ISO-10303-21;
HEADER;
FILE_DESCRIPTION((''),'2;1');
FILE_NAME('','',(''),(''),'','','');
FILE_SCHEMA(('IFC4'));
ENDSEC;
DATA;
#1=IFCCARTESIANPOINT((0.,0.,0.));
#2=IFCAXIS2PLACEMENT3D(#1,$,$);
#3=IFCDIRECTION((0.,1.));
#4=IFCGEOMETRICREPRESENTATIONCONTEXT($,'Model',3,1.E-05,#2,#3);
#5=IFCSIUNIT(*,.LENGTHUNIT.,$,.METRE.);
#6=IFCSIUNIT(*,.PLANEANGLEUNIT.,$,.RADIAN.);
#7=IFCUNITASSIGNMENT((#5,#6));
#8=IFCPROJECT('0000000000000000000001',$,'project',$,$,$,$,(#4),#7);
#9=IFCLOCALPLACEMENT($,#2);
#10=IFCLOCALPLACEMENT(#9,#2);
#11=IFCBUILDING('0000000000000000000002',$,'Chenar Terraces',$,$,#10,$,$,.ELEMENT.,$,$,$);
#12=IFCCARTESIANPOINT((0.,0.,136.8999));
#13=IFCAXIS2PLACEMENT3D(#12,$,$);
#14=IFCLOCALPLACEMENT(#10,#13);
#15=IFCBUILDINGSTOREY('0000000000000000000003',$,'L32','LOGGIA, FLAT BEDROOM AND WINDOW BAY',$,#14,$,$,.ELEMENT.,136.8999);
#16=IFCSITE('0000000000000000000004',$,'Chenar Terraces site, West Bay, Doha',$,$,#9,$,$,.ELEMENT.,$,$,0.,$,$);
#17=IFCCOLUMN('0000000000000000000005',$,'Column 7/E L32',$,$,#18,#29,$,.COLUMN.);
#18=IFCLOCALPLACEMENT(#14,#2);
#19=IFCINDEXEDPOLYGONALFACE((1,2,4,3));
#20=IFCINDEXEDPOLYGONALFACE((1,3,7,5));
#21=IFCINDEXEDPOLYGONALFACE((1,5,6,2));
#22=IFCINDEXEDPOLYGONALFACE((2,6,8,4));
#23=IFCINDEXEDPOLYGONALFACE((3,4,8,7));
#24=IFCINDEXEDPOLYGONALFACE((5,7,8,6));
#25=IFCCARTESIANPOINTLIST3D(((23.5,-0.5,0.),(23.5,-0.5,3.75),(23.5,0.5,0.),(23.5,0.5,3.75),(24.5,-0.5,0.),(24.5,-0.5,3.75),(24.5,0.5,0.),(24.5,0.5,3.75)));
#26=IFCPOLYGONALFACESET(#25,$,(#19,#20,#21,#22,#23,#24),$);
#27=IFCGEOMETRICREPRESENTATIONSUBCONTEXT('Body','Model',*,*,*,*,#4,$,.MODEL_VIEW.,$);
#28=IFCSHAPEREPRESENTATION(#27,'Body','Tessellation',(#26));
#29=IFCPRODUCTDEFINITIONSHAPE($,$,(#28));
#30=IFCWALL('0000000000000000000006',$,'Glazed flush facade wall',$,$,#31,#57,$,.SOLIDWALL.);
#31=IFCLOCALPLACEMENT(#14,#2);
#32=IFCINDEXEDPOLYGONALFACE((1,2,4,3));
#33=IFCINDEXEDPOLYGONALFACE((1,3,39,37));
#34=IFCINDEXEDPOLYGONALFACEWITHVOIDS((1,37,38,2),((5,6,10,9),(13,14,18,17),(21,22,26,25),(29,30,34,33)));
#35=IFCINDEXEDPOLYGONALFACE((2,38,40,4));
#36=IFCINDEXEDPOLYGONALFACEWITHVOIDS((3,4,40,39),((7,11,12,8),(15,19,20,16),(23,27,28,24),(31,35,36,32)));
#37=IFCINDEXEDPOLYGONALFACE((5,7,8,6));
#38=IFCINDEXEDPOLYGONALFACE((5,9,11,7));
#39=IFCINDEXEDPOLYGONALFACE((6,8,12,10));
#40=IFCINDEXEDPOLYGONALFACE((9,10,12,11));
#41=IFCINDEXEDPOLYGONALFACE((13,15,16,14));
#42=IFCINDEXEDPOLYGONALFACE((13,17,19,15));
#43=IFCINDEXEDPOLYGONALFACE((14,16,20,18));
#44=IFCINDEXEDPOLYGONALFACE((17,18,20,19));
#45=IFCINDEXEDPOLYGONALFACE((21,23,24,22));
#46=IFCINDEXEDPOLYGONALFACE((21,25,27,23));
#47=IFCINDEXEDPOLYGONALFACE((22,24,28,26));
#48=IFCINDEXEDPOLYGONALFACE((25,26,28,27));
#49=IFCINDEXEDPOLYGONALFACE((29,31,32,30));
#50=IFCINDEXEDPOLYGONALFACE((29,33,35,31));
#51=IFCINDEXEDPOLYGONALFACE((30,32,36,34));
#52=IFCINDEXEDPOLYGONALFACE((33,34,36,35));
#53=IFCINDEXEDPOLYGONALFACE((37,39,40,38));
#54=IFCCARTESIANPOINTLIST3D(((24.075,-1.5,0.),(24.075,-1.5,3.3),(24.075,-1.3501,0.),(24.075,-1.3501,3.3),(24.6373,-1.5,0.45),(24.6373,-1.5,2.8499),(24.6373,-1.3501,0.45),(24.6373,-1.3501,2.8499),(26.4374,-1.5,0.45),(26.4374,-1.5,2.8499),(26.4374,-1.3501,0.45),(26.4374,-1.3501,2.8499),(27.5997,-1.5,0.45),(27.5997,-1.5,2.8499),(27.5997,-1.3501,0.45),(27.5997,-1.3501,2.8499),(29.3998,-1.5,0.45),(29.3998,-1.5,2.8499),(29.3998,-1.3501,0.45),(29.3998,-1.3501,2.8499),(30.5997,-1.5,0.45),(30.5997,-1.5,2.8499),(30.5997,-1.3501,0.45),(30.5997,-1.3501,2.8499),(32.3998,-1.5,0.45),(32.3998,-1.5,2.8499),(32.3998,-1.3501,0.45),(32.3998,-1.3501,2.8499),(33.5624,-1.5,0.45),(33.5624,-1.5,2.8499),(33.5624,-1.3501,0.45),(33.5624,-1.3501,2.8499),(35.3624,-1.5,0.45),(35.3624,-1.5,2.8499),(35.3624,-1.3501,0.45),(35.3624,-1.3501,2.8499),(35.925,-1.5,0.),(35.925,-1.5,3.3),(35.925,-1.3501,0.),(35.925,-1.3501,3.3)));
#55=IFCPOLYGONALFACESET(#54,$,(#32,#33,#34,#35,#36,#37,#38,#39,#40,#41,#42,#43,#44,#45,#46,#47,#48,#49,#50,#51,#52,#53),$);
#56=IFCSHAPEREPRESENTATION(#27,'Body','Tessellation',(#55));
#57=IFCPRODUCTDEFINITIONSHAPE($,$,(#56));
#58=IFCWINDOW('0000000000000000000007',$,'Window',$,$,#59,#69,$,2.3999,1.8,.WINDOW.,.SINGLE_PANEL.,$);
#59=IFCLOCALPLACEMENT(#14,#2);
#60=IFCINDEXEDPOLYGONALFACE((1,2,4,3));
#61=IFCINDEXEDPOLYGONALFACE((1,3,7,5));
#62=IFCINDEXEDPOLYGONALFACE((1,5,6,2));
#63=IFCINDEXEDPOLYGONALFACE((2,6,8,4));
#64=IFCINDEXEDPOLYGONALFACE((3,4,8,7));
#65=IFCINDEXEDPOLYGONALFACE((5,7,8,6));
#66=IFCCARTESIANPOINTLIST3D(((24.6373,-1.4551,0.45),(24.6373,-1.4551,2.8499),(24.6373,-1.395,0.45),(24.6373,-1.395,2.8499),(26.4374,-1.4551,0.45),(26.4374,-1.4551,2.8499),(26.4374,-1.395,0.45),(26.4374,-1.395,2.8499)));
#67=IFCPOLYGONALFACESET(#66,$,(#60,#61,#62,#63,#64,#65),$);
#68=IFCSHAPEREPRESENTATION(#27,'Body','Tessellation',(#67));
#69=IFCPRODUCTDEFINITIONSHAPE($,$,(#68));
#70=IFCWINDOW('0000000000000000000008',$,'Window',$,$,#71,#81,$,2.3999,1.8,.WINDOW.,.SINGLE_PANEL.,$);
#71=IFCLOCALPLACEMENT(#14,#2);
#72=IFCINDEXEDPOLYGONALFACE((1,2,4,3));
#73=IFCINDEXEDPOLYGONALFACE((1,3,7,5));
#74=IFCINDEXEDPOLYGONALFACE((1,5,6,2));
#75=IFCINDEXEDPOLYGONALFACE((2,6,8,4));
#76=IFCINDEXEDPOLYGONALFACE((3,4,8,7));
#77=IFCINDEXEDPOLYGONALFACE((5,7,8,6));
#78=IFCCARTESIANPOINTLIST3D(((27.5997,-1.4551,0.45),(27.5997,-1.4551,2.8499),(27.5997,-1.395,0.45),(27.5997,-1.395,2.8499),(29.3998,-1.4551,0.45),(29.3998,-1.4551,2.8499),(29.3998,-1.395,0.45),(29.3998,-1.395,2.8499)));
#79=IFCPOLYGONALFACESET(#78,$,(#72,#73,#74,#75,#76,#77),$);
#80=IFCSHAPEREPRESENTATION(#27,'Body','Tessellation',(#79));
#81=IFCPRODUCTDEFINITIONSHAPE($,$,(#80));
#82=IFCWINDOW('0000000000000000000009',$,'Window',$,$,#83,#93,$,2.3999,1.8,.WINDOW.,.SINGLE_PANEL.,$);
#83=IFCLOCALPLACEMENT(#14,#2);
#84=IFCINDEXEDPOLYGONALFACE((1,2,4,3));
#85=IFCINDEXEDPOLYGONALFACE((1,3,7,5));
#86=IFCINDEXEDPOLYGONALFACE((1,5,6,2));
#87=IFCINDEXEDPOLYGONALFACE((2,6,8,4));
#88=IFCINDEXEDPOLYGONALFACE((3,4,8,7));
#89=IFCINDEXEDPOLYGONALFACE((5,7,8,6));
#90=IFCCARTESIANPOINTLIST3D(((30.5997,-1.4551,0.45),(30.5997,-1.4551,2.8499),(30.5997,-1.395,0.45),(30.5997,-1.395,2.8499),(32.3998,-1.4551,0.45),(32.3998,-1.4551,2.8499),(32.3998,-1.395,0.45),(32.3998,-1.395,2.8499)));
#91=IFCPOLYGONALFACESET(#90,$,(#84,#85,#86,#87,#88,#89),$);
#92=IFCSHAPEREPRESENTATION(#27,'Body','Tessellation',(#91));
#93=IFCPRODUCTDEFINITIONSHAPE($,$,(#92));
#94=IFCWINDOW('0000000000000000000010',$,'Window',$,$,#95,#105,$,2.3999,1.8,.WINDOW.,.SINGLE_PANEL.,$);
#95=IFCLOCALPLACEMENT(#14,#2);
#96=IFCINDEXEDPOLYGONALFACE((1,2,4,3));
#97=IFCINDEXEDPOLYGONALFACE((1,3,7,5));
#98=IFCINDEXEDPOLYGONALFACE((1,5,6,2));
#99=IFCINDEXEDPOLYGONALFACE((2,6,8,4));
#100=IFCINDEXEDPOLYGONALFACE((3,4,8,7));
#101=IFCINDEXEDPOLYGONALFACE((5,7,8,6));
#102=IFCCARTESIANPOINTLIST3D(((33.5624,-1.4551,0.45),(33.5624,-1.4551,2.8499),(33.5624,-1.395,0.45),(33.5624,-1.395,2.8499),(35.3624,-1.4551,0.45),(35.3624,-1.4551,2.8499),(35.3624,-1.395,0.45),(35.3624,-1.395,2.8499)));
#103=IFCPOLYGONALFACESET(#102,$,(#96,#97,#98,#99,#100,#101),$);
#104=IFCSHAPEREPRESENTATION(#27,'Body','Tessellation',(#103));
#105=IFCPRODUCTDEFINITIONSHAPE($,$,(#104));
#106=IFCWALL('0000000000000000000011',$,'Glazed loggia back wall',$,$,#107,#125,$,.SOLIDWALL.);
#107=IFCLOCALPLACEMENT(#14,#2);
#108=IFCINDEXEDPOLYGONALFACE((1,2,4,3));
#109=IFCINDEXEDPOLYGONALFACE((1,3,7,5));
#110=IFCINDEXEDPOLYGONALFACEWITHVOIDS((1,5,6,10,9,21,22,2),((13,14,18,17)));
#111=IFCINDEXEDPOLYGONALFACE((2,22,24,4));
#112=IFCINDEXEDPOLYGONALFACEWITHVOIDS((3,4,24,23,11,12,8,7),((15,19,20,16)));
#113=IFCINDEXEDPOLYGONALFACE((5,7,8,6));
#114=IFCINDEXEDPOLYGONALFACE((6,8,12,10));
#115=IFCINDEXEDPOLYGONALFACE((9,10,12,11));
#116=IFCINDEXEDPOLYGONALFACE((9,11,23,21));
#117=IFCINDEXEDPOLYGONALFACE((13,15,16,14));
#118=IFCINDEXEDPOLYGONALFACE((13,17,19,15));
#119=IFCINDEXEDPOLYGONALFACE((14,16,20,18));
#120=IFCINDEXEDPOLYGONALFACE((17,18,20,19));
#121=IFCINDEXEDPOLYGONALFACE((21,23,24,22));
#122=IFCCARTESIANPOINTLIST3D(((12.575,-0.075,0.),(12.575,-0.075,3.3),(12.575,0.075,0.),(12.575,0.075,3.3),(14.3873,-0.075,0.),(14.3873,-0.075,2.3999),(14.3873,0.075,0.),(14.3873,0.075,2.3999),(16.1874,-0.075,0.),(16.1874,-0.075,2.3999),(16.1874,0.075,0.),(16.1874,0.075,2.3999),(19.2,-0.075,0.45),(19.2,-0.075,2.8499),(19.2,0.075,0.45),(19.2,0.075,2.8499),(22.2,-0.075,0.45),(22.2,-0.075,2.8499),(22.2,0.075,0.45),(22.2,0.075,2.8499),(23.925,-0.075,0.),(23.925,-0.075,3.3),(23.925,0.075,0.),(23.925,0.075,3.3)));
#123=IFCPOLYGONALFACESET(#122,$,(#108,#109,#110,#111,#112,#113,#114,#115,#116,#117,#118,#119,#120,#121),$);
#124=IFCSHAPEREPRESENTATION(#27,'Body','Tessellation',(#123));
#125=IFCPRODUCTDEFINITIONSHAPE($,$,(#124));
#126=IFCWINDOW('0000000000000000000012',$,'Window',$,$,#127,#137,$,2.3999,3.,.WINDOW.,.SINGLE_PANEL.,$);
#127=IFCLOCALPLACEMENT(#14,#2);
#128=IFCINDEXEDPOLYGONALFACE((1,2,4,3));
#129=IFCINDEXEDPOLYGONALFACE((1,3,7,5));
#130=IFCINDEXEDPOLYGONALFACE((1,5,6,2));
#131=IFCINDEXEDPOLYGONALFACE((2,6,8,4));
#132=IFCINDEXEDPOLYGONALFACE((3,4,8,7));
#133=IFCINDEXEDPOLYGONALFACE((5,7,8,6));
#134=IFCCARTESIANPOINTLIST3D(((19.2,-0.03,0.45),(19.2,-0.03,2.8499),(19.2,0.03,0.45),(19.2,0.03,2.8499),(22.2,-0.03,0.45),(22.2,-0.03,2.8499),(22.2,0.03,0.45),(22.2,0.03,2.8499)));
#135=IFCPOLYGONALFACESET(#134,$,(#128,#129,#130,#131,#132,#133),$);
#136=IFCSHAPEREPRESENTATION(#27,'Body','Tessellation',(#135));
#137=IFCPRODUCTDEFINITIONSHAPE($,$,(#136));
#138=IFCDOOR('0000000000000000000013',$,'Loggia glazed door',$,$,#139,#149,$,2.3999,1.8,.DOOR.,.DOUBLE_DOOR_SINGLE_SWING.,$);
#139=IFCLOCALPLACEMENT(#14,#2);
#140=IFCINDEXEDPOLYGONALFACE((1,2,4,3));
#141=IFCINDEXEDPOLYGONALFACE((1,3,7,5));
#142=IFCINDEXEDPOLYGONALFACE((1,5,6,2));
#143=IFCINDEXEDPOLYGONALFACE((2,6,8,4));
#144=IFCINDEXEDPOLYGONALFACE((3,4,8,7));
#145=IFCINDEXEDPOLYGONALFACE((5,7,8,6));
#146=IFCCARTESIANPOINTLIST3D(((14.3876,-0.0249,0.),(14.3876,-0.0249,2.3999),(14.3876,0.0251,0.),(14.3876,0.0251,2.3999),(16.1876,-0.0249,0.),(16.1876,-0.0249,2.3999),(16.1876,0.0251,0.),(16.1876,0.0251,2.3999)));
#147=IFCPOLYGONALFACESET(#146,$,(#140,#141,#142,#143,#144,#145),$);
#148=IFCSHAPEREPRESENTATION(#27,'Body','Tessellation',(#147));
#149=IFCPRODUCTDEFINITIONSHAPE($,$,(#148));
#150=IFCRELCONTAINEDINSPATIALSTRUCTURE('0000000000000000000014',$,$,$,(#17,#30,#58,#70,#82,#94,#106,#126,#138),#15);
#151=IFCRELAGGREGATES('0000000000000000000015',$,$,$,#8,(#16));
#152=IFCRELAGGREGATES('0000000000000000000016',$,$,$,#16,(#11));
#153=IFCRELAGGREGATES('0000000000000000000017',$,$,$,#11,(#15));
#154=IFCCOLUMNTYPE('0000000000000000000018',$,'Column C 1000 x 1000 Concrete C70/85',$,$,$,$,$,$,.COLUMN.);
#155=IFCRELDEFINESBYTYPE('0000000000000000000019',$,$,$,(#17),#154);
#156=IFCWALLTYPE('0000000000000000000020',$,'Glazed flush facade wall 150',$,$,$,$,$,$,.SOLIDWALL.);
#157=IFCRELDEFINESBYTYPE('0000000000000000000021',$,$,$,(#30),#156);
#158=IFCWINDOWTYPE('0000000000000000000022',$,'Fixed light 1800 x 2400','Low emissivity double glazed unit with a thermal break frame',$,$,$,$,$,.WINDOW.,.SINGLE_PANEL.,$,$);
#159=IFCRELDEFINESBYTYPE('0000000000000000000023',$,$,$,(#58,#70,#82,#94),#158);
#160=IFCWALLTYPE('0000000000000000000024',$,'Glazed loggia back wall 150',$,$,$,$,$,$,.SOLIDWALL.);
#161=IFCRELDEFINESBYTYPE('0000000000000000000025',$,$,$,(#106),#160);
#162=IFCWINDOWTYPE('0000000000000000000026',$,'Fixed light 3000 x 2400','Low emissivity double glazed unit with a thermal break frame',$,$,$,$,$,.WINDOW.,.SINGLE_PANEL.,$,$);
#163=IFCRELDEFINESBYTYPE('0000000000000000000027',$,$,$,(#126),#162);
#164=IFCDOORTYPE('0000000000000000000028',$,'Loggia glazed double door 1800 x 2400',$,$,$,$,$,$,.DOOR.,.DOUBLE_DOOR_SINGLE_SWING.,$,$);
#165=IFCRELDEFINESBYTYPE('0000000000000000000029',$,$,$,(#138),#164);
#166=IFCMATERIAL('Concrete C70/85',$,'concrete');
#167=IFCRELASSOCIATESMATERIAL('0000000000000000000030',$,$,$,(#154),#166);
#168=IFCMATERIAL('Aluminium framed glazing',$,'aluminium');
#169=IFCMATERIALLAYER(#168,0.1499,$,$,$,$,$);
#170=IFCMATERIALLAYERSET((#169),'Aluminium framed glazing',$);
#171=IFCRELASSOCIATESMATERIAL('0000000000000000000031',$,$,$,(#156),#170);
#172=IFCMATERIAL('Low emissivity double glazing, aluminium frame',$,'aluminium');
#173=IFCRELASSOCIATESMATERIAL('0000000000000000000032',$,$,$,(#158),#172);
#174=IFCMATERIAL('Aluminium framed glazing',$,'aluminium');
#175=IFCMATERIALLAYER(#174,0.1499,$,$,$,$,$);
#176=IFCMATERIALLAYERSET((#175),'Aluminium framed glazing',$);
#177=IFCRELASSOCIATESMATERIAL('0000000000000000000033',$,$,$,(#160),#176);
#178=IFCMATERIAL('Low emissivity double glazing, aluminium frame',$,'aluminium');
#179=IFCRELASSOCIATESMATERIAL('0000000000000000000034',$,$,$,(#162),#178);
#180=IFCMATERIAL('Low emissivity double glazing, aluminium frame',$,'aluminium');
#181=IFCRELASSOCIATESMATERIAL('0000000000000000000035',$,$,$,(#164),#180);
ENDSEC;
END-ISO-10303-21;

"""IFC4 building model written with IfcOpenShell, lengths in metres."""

from ifc_helpers import new_model, si_unit, direction, frame, frame_2d, origin, origin_2d, place, context, subcontext, project, spatial, rectangle, extrude, material, layer, layer_set, material_profile, profile_set, type_object, element, fill, save


model = new_model("IFC4")

# Units and contexts
model_context = context("Model", 3, precision=1e-05, world=origin(), true_north=direction((0.0, 1.0)))
body_context = subcontext(model_context, "Body", "Model", "MODEL_VIEW")
ifc_project = project(units=[si_unit("LENGTHUNIT", "METRE"), si_unit("PLANEANGLEUNIT", "RADIAN")], contexts=[model_context])

# Site, building, storey
site_placement = place(None, origin())
site = spatial("IfcSite", under=ifc_project, at=site_placement, Name="Chenar Terraces site, West Bay, Doha", CompositionType="ELEMENT", RefElevation=0.0)
building_placement = place(site_placement, origin())
building = spatial("IfcBuilding", under=site, at=building_placement, Name="Chenar Terraces", CompositionType="ELEMENT")
storey_placement = place(building_placement, frame((0.0, 0.0, 136.8999)))
storey = spatial("IfcBuildingStorey", under=building, at=storey_placement, Name="L32", Description="LOGGIA, FLAT BEDROOM AND WINDOW BAY", CompositionType="ELEMENT", Elevation=136.8999)

# Column
ifc_material_1 = material(Name="Concrete C70/85", Category="concrete")
ifc_material_profile = material_profile(ifc_material_1, rectangle(XDim=1.0, YDim=1.0, at=origin_2d()), Name="C 1000 x 1000")
ifc_profile_set = profile_set([ifc_material_profile], Name="Concrete C70/85")
column_type = type_object("IfcColumnType", Name="Column C 1000 x 1000 Concrete C70/85", PredefinedType="COLUMN", material=ifc_profile_set)
column_placement = place(storey_placement, frame((24.0, 0.0, 0.0), z_axis=(0.0, 0.0, 1.0), x_axis=(1.0, 0.0, 0.0)))
element("IfcColumn", 1, at=column_placement, inside=storey, type_object=column_type, Name="Column 7/E L32", PredefinedType="COLUMN", context=body_context, shape_type="SweptSolid", body=[
    extrude(rectangle(XDim=1.0, YDim=1.0, at=origin_2d()), origin(), (0.0, 0.0, 1.0), 3.75),
])

# Wall, openings, windows
ifc_material_2 = material(Name="Aluminium framed glazing", Category="aluminium")
ifc_layer_1 = layer(ifc_material_2, 0.1499)
ifc_layer_set_1 = layer_set([ifc_layer_1], Name="Aluminium framed glazing")
wall_type_1 = type_object("IfcWallType", Name="Glazed flush facade wall 150", PredefinedType="SOLIDWALL", material=ifc_layer_set_1)
wall_1_placement = place(storey_placement, frame((24.075, -1.425, 0.0), z_axis=(0.0, 0.0, 1.0), x_axis=(1.0, 0.0, 0.0)))
wall_1 = element("IfcWall", 2, at=wall_1_placement, inside=storey, type_object=wall_type_1, Name="Glazed flush facade wall", PredefinedType="SOLIDWALL", context=body_context, shape_type="SweptSolid", body=[
    extrude(rectangle(XDim=11.8501, YDim=0.1499, at=frame_2d((5.925, 0.0))), origin(), (0.0, 0.0, 1.0), 3.3),
])
opening_1_placement = place(wall_1_placement, frame((0.5625, 0.0, 0.45)))
opening_1 = element("IfcOpeningElement", 3, at=opening_1_placement, cuts=wall_1, PredefinedType="OPENING", context=body_context, shape_type="SweptSolid", body=[
    extrude(rectangle(XDim=1.8, YDim=2.3999, at=frame_2d((0.8999, 1.2))), frame((0.0, 0.085, 0.0), z_axis=(0.0, -1.0, 0.0), x_axis=(1.0, 0.0, 0.0)), (0.0, 0.0, 1.0), 0.1699),
])
opening_2_placement = place(wall_1_placement, frame((3.5249, 0.0, 0.45)))
opening_2 = element("IfcOpeningElement", 4, at=opening_2_placement, cuts=wall_1, PredefinedType="OPENING", context=body_context, shape_type="SweptSolid", body=[
    extrude(rectangle(XDim=1.8, YDim=2.3999, at=frame_2d((0.8999, 1.2))), frame((0.0, 0.085, 0.0), z_axis=(0.0, -1.0, 0.0), x_axis=(1.0, 0.0, 0.0)), (0.0, 0.0, 1.0), 0.1699),
])
opening_3_placement = place(wall_1_placement, frame((6.5249, 0.0, 0.45)))
opening_3 = element("IfcOpeningElement", 5, at=opening_3_placement, cuts=wall_1, PredefinedType="OPENING", context=body_context, shape_type="SweptSolid", body=[
    extrude(rectangle(XDim=1.8, YDim=2.3999, at=frame_2d((0.8999, 1.2))), frame((0.0, 0.085, 0.0), z_axis=(0.0, -1.0, 0.0), x_axis=(1.0, 0.0, 0.0)), (0.0, 0.0, 1.0), 0.1699),
])
opening_4_placement = place(wall_1_placement, frame((9.4875, 0.0, 0.45)))
opening_4 = element("IfcOpeningElement", 6, at=opening_4_placement, cuts=wall_1, PredefinedType="OPENING", context=body_context, shape_type="SweptSolid", body=[
    extrude(rectangle(XDim=1.8, YDim=2.3999, at=frame_2d((0.8999, 1.2))), frame((0.0, 0.085, 0.0), z_axis=(0.0, -1.0, 0.0), x_axis=(1.0, 0.0, 0.0)), (0.0, 0.0, 1.0), 0.1699),
])
ifc_material_3 = material(Name="Low emissivity double glazing, aluminium frame", Category="aluminium")
window_type_1 = type_object("IfcWindowType", Name="Fixed light 1800 x 2400", Description="Low emissivity double glazed unit with a thermal break frame", PartitioningType="SINGLE_PANEL", PredefinedType="WINDOW", material=ifc_material_3)
window_1_placement = place(opening_1_placement, origin())
window_1 = element("IfcWindow", 7, at=window_1_placement, inside=storey, type_object=window_type_1, Name="Window", OverallHeight=2.3999, OverallWidth=1.8, PartitioningType="SINGLE_PANEL", PredefinedType="WINDOW", context=body_context, shape_type="SweptSolid", body=[
    extrude(rectangle(XDim=1.8, YDim=2.3999, at=frame_2d((0.8999, 1.2))), frame((0.0, 0.03, 0.0), z_axis=(0.0, -1.0, 0.0), x_axis=(1.0, 0.0, 0.0)), (0.0, 0.0, 1.0), 0.0601),
])
fill(opening_1, window_1)
window_2_placement = place(opening_2_placement, origin())
window_2 = element("IfcWindow", 8, at=window_2_placement, inside=storey, type_object=window_type_1, Name="Window", OverallHeight=2.3999, OverallWidth=1.8, PartitioningType="SINGLE_PANEL", PredefinedType="WINDOW", context=body_context, shape_type="SweptSolid", body=[
    extrude(rectangle(XDim=1.8, YDim=2.3999, at=frame_2d((0.8999, 1.2))), frame((0.0, 0.03, 0.0), z_axis=(0.0, -1.0, 0.0), x_axis=(1.0, 0.0, 0.0)), (0.0, 0.0, 1.0), 0.0601),
])
fill(opening_2, window_2)
window_3_placement = place(opening_3_placement, origin())
window_3 = element("IfcWindow", 9, at=window_3_placement, inside=storey, type_object=window_type_1, Name="Window", OverallHeight=2.3999, OverallWidth=1.8, PartitioningType="SINGLE_PANEL", PredefinedType="WINDOW", context=body_context, shape_type="SweptSolid", body=[
    extrude(rectangle(XDim=1.8, YDim=2.3999, at=frame_2d((0.8999, 1.2))), frame((0.0, 0.03, 0.0), z_axis=(0.0, -1.0, 0.0), x_axis=(1.0, 0.0, 0.0)), (0.0, 0.0, 1.0), 0.0601),
])
fill(opening_3, window_3)
window_4_placement = place(opening_4_placement, origin())
window_4 = element("IfcWindow", 10, at=window_4_placement, inside=storey, type_object=window_type_1, Name="Window", OverallHeight=2.3999, OverallWidth=1.8, PartitioningType="SINGLE_PANEL", PredefinedType="WINDOW", context=body_context, shape_type="SweptSolid", body=[
    extrude(rectangle(XDim=1.8, YDim=2.3999, at=frame_2d((0.8999, 1.2))), frame((0.0, 0.03, 0.0), z_axis=(0.0, -1.0, 0.0), x_axis=(1.0, 0.0, 0.0)), (0.0, 0.0, 1.0), 0.0601),
])
fill(opening_4, window_4)

# Wall, openings, window, door
ifc_material_4 = material(Name="Aluminium framed glazing", Category="aluminium")
ifc_layer_2 = layer(ifc_material_4, 0.1499)
ifc_layer_set_2 = layer_set([ifc_layer_2], Name="Aluminium framed glazing")
wall_type_2 = type_object("IfcWallType", Name="Glazed loggia back wall 150", PredefinedType="SOLIDWALL", material=ifc_layer_set_2)
wall_2_placement = place(storey_placement, frame((12.575, 0.0, 0.0), z_axis=(0.0, 0.0, 1.0), x_axis=(1.0, 0.0, 0.0)))
wall_2 = element("IfcWall", 11, at=wall_2_placement, inside=storey, type_object=wall_type_2, Name="Glazed loggia back wall", PredefinedType="SOLIDWALL", context=body_context, shape_type="SweptSolid", body=[
    extrude(rectangle(XDim=11.3501, YDim=0.1499, at=frame_2d((5.675, 0.0))), origin(), (0.0, 0.0, 1.0), 3.3),
])
opening_5_placement = place(wall_2_placement, frame((1.8125, 0.0, 0.0)))
opening_5 = element("IfcOpeningElement", 12, at=opening_5_placement, cuts=wall_2, PredefinedType="OPENING", context=body_context, shape_type="SweptSolid", body=[
    extrude(rectangle(XDim=1.8, YDim=2.3999, at=frame_2d((0.8999, 1.2))), frame((0.0, 0.085, 0.0), z_axis=(0.0, -1.0, 0.0), x_axis=(1.0, 0.0, 0.0)), (0.0, 0.0, 1.0), 0.1699),
])
opening_6_placement = place(wall_2_placement, frame((6.625, 0.0, 0.45)))
opening_6 = element("IfcOpeningElement", 13, at=opening_6_placement, cuts=wall_2, PredefinedType="OPENING", context=body_context, shape_type="SweptSolid", body=[
    extrude(rectangle(XDim=3.0, YDim=2.3999, at=frame_2d((1.5, 1.2))), frame((0.0, 0.085, 0.0), z_axis=(0.0, -1.0, 0.0), x_axis=(1.0, 0.0, 0.0)), (0.0, 0.0, 1.0), 0.1699),
])
ifc_material_5 = material(Name="Low emissivity double glazing, aluminium frame", Category="aluminium")
window_type_2 = type_object("IfcWindowType", Name="Fixed light 3000 x 2400", Description="Low emissivity double glazed unit with a thermal break frame", PartitioningType="SINGLE_PANEL", PredefinedType="WINDOW", material=ifc_material_5)
window_5_placement = place(opening_6_placement, origin())
window_5 = element("IfcWindow", 14, at=window_5_placement, inside=storey, type_object=window_type_2, Name="Window", OverallHeight=2.3999, OverallWidth=3.0, PartitioningType="SINGLE_PANEL", PredefinedType="WINDOW", context=body_context, shape_type="SweptSolid", body=[
    extrude(rectangle(XDim=3.0, YDim=2.3999, at=frame_2d((1.5, 1.2))), frame((0.0, 0.03, 0.0), z_axis=(0.0, -1.0, 0.0), x_axis=(1.0, 0.0, 0.0)), (0.0, 0.0, 1.0), 0.0601),
])
fill(opening_6, window_5)
ifc_material_6 = material(Name="Low emissivity double glazing, aluminium frame", Category="aluminium")
door_type = type_object("IfcDoorType", Name="Loggia glazed double door 1800 x 2400", OperationType="DOUBLE_DOOR_SINGLE_SWING", PredefinedType="DOOR", material=ifc_material_6)
door_placement = place(opening_5_placement, frame((1.8, 0.0, 0.0), z_axis=(0.0, 0.0, 1.0), x_axis=(-1.0, 0.0, 0.0)))
door = element("IfcDoor", 15, at=door_placement, inside=storey, type_object=door_type, Name="Loggia glazed door", OperationType="DOUBLE_DOOR_SINGLE_SWING", OverallHeight=2.3999, OverallWidth=1.8, PredefinedType="DOOR", context=body_context, shape_type="SweptSolid", body=[
    extrude(rectangle(XDim=1.8, YDim=2.3999, at=frame_2d((0.8999, 1.2))), frame((0.0, 0.0249, 0.0), z_axis=(0.0, -1.0, 0.0), x_axis=(1.0, 0.0, 0.0)), (0.0, 0.0, 1.0), 0.05),
])
fill(opening_5, door)

save(model, "model.ifc")
